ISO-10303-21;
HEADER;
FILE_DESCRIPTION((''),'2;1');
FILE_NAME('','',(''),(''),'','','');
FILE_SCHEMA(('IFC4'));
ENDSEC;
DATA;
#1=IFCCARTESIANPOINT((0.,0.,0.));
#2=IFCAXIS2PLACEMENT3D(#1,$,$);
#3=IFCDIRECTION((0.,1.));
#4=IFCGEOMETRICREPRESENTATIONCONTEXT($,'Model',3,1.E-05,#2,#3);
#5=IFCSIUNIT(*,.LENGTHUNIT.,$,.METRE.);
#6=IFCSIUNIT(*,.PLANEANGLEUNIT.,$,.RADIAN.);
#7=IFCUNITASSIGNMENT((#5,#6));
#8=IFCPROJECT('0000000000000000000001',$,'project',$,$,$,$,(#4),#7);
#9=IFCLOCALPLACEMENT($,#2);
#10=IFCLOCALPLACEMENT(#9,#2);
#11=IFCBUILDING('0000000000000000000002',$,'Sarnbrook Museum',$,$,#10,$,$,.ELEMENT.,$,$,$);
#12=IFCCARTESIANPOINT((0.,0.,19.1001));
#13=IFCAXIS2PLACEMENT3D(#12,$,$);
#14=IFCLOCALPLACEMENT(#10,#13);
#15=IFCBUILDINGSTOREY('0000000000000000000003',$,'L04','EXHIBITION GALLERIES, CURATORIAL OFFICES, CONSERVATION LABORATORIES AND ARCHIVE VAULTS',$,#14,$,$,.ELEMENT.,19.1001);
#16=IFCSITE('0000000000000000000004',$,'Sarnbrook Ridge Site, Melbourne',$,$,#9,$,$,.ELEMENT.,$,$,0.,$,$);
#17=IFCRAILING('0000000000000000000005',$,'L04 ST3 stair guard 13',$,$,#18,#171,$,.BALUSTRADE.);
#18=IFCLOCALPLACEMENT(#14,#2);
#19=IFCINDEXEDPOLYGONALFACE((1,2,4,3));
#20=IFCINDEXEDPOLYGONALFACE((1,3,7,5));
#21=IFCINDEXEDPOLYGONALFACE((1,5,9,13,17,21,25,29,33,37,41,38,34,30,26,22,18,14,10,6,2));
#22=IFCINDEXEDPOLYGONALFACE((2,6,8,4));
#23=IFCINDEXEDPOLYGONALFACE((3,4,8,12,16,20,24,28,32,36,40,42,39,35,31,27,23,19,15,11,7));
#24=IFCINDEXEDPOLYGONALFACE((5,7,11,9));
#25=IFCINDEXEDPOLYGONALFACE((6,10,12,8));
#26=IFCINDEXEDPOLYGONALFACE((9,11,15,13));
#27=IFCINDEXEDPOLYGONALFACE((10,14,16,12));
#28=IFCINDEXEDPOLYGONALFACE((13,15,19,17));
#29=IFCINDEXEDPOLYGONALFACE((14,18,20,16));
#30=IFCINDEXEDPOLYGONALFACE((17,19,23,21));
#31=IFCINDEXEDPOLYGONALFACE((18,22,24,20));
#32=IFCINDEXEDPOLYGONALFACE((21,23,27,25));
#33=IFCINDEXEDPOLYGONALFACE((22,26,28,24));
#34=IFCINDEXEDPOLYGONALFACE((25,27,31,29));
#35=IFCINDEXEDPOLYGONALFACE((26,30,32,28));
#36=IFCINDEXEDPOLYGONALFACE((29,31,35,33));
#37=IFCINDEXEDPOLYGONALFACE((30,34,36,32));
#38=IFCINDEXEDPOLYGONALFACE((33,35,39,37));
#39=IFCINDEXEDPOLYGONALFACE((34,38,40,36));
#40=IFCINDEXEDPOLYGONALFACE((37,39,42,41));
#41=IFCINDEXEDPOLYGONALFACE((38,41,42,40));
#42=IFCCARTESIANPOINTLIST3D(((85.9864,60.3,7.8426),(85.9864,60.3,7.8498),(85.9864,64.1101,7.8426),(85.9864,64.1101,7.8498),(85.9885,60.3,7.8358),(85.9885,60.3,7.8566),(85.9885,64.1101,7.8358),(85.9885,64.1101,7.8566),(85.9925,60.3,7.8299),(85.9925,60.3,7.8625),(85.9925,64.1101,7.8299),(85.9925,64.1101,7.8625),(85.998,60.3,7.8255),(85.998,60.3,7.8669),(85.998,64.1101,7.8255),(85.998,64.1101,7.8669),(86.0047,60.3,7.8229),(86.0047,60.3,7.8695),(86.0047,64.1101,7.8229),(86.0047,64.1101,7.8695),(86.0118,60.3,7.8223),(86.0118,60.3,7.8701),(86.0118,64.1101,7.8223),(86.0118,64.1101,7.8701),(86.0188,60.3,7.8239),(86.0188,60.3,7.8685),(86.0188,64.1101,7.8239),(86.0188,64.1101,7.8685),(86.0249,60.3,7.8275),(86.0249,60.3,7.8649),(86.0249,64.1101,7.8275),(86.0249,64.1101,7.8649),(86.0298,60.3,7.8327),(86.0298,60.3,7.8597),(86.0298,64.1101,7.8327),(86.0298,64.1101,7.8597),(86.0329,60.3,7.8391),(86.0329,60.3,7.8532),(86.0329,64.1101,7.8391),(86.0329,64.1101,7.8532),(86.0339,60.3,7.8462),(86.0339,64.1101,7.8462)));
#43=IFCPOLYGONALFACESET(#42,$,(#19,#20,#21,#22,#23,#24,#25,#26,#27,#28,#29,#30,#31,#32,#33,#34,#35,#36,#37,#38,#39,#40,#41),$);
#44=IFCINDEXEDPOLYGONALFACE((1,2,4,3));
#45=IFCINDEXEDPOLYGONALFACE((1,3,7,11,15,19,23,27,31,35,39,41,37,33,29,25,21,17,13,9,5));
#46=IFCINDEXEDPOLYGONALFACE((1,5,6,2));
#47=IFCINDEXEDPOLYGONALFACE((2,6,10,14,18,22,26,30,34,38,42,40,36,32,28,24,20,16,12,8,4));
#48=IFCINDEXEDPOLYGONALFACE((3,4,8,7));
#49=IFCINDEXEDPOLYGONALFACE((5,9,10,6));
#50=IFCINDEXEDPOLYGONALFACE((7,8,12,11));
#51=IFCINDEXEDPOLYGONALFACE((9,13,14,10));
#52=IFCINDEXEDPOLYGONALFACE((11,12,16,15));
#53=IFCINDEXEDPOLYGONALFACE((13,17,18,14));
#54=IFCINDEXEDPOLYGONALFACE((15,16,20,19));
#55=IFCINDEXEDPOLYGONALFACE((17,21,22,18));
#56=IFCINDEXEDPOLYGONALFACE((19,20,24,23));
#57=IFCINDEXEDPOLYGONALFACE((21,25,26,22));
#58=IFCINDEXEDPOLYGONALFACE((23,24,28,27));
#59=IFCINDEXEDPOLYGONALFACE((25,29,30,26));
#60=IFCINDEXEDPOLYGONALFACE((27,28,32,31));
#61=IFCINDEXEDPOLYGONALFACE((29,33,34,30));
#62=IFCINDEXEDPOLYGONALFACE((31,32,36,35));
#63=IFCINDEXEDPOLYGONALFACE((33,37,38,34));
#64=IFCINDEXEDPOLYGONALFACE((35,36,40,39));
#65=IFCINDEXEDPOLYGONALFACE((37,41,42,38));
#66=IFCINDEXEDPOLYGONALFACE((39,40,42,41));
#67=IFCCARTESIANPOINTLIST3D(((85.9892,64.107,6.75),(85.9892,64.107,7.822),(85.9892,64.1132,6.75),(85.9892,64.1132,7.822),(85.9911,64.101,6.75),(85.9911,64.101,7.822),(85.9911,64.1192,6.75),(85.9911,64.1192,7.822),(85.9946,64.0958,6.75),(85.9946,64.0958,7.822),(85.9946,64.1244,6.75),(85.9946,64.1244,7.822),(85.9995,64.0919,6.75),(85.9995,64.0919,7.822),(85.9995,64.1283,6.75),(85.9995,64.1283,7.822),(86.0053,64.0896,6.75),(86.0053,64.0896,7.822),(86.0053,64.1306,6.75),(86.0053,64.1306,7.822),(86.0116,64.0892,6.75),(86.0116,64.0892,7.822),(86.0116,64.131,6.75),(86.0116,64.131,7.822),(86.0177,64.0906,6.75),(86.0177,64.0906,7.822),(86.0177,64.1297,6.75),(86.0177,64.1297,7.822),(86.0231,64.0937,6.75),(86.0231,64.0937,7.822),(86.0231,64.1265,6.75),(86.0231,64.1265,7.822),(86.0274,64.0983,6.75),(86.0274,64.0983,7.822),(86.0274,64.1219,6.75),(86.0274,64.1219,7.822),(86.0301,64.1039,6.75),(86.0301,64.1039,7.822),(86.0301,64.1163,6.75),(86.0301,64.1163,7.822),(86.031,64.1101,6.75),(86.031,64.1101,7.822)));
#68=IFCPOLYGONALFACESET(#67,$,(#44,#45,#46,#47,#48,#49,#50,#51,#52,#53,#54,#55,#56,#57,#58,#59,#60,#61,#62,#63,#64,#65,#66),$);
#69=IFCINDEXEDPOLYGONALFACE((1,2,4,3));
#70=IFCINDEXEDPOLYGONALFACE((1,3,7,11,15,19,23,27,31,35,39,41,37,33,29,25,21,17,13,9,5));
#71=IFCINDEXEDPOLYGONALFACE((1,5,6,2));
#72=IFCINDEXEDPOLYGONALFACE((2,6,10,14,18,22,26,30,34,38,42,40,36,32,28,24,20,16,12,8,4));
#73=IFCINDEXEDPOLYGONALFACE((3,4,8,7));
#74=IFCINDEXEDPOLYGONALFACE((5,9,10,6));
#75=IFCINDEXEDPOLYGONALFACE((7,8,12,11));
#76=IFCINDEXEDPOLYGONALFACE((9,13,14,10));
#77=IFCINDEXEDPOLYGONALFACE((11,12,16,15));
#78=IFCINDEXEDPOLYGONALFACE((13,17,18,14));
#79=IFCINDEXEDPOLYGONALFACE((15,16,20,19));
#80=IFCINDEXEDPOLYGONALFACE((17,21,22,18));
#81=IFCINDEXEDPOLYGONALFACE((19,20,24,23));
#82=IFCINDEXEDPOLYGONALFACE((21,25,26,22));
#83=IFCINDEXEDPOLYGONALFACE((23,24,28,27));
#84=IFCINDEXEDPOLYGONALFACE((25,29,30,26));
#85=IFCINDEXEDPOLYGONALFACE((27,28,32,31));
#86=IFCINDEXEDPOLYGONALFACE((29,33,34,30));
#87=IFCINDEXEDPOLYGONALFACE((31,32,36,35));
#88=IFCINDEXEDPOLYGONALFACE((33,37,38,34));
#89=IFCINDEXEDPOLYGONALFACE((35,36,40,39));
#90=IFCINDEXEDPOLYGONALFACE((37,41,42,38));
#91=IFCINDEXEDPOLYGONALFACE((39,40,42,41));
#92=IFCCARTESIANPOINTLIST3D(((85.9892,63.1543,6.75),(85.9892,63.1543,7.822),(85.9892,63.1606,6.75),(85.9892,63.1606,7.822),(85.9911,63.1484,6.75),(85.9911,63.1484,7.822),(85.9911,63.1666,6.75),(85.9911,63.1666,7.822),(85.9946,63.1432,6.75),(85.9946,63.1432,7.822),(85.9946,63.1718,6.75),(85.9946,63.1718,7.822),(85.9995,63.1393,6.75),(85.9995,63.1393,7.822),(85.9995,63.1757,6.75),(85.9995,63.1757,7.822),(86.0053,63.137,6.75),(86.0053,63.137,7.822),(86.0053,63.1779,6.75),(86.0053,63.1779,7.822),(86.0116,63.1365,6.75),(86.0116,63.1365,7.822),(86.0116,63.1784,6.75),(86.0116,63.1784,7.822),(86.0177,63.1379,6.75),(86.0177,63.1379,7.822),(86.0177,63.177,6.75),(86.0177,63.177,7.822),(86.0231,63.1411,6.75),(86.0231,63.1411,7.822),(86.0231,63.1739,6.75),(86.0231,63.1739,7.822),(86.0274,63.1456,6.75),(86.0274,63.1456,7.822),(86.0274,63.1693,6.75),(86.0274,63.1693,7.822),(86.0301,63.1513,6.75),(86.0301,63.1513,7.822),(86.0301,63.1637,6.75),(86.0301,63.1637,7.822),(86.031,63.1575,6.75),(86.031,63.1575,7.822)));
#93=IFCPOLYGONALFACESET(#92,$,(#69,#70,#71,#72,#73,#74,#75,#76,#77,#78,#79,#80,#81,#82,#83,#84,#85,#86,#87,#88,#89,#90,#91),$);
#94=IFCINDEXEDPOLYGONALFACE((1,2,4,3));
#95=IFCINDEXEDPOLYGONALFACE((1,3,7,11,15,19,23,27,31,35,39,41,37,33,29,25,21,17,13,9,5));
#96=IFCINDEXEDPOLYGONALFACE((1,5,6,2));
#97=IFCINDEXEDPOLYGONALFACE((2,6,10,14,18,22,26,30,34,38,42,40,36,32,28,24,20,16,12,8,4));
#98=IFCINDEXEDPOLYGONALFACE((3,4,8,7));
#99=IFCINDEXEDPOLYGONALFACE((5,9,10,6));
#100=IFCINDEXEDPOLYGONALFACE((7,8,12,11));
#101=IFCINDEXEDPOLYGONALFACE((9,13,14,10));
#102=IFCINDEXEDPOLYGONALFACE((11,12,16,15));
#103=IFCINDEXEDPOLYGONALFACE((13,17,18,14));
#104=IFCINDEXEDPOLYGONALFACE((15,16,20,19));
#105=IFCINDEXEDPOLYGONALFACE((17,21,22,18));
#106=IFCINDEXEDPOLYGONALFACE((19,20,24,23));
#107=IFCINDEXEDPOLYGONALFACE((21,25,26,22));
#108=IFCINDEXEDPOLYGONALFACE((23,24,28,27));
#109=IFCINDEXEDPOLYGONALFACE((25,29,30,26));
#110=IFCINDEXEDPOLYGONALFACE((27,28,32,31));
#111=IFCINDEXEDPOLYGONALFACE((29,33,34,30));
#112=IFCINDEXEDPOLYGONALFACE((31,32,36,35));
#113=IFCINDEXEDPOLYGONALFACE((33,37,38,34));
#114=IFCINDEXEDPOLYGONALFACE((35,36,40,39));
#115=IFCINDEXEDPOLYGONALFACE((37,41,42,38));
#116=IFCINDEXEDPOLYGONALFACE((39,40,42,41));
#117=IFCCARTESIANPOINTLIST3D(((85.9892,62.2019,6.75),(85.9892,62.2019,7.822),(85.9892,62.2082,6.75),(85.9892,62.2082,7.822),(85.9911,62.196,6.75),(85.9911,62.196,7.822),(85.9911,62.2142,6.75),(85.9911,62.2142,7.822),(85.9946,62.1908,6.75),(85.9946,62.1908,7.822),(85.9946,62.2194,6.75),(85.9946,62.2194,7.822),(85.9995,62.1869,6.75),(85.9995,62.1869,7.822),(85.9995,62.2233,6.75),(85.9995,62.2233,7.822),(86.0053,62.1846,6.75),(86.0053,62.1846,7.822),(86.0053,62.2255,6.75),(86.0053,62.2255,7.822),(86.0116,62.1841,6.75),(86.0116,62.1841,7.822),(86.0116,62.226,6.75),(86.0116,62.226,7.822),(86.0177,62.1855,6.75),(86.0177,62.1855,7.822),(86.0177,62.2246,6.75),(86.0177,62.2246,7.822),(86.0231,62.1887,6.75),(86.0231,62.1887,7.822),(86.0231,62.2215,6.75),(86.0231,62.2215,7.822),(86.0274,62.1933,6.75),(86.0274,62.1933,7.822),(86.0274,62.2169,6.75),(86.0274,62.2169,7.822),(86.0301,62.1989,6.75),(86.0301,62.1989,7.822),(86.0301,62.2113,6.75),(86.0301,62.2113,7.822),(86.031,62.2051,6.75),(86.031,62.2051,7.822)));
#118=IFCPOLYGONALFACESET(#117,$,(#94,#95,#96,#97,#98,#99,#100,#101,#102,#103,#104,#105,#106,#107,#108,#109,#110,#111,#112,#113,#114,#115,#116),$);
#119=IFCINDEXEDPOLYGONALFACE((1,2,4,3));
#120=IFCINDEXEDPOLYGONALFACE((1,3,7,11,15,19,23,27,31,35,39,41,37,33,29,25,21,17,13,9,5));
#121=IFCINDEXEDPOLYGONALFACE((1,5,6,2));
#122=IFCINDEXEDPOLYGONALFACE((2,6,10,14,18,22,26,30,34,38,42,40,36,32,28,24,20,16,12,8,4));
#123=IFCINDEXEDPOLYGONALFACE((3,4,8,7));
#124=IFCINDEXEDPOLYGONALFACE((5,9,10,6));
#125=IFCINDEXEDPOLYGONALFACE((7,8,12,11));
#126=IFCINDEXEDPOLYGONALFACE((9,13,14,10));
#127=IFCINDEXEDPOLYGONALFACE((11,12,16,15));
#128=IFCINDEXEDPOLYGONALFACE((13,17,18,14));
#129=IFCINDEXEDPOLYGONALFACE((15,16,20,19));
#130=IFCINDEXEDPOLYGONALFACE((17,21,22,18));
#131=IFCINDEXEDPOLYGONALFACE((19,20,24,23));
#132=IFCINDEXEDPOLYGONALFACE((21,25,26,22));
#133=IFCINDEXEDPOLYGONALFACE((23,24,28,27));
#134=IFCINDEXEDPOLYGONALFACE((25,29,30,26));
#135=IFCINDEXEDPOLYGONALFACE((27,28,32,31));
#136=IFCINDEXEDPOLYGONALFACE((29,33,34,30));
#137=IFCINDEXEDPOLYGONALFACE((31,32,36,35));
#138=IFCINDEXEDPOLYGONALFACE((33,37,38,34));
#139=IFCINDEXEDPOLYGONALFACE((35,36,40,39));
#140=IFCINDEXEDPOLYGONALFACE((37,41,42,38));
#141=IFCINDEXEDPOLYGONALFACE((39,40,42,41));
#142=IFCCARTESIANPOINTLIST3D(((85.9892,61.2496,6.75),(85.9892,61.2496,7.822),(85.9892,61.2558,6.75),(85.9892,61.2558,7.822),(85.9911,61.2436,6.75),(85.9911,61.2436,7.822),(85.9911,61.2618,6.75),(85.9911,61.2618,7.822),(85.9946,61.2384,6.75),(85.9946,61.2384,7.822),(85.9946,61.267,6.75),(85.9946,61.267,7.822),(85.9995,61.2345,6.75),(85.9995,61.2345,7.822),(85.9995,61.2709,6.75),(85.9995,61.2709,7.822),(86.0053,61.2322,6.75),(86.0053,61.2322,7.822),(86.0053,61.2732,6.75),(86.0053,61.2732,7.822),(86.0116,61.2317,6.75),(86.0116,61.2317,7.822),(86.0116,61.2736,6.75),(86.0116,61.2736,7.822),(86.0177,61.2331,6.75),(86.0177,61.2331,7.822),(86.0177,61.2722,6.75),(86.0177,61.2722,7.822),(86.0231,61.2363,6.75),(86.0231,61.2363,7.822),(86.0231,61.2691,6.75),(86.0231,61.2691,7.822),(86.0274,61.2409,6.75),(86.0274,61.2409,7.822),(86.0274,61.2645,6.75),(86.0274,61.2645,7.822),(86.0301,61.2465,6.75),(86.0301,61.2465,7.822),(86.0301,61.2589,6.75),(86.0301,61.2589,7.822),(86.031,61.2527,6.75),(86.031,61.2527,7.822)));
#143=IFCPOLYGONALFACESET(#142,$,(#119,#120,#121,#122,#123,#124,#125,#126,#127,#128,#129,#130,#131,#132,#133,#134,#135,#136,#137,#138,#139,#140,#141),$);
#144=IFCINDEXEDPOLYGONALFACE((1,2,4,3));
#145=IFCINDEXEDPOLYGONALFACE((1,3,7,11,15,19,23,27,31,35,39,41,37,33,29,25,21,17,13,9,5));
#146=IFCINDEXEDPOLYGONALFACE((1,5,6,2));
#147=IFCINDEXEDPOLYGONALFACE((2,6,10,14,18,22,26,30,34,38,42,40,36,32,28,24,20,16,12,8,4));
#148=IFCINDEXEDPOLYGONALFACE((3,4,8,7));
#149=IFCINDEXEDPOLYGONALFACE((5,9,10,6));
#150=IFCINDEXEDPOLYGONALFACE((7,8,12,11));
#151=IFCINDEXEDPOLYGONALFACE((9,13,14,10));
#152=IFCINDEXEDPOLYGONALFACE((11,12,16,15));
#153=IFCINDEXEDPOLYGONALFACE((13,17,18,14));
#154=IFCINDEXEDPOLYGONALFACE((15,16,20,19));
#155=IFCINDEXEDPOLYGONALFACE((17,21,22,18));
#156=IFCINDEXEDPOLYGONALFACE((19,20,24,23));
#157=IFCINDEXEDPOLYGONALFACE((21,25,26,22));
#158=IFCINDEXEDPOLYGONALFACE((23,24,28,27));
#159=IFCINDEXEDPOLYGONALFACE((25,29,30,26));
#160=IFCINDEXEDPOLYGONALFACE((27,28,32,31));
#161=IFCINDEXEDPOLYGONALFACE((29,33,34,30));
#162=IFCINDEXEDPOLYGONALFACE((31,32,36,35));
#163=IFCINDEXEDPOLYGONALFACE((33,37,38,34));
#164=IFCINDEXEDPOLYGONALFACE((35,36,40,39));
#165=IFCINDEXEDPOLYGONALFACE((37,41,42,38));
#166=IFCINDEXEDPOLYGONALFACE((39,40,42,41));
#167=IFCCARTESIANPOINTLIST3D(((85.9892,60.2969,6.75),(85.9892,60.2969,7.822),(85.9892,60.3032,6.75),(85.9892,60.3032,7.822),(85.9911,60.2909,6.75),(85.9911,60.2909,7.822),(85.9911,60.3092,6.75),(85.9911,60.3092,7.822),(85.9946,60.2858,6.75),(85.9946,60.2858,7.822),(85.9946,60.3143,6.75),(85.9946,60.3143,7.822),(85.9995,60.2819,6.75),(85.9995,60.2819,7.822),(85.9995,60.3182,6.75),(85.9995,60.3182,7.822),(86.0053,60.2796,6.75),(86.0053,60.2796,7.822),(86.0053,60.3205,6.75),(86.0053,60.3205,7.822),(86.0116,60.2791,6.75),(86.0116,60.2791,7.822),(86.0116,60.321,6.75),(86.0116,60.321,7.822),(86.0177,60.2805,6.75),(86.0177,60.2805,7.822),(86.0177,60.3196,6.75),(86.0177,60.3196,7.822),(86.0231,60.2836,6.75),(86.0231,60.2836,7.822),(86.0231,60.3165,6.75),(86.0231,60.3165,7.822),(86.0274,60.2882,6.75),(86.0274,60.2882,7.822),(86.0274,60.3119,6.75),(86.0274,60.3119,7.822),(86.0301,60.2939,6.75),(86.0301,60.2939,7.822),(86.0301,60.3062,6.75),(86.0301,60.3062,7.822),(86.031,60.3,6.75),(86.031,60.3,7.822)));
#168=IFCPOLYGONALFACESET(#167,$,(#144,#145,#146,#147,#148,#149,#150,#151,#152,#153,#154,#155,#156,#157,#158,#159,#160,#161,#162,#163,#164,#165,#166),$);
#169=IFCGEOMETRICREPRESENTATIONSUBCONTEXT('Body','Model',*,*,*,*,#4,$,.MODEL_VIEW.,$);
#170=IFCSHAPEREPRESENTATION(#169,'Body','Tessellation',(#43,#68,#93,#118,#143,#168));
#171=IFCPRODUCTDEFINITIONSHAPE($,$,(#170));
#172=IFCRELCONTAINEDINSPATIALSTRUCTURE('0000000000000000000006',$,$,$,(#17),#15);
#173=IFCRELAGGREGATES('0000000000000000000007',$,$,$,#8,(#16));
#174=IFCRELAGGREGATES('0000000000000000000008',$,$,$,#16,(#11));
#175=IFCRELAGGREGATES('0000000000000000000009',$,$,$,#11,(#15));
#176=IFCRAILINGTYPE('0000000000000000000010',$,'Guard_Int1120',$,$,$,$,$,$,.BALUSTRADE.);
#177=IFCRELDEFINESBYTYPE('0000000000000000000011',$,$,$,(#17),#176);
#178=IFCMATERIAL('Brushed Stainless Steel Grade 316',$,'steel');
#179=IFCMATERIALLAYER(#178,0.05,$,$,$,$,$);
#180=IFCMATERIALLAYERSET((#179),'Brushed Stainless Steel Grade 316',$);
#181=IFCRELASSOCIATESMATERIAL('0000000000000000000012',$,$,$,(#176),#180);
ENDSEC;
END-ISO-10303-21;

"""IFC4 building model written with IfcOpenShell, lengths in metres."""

from ifc_helpers import new_model, si_unit, direction, frame, origin, origin_2d, place, context, subcontext, project, spatial, circle, extrude, material, layer, layer_set, type_object, element, save


model = new_model("IFC4")

# Units and contexts
model_context = context("Model", 3, precision=1e-05, world=origin(), true_north=direction((0.0, 1.0)))
body_context = subcontext(model_context, "Body", "Model", "MODEL_VIEW")
ifc_project = project(units=[si_unit("LENGTHUNIT", "METRE"), si_unit("PLANEANGLEUNIT", "RADIAN")], contexts=[model_context])

# Site, building, storey
site_placement = place(None, origin())
site = spatial("IfcSite", under=ifc_project, at=site_placement, Name="Sarnbrook Ridge Site, Melbourne", CompositionType="ELEMENT", RefElevation=0.0)
building_placement = place(site_placement, origin())
building = spatial("IfcBuilding", under=site, at=building_placement, Name="Sarnbrook Museum", CompositionType="ELEMENT")
storey_placement = place(building_placement, frame((0.0, 0.0, 19.1001)))
storey = spatial("IfcBuildingStorey", under=building, at=storey_placement, Name="L04", Description="EXHIBITION GALLERIES, CURATORIAL OFFICES, CONSERVATION LABORATORIES AND ARCHIVE VAULTS", CompositionType="ELEMENT", Elevation=19.1001)

# Shared definitions
ifc_material_1 = material(Name="Brushed Stainless Steel Grade 316", Category="steel")

# Railing
ifc_layer_1 = layer(ifc_material_1, 0.05)
ifc_layer_set_1 = layer_set([ifc_layer_1], Name="Brushed Stainless Steel Grade 316")
railing_type_1 = type_object("IfcRailingType", Name="Guard_Int1120", PredefinedType="BALUSTRADE", material=ifc_layer_set_1)
for number, where, name in (
    (1, (86.01, 64.1101, 6.75), "L04 ST3 stair guard 13"),
):
    element("IfcRailing", number, at=place(storey_placement, frame(where)), inside=storey, type_object=railing_type_1, Name=name, PredefinedType="BALUSTRADE", context=body_context, shape_type="SweptSolid", body=[
        extrude(circle(Radius=0.0239, at=origin_2d()), frame((0.0, 0.0, 1.0962), z_axis=(0.0, -1.0, 0.0), x_axis=(1.0, 0.0, 0.0)), (0.0, 0.0, 1.0), 3.8101),
        extrude(circle(Radius=0.021, at=origin_2d()), origin(), (0.0, 0.0, 1.0), 1.072),
        extrude(circle(Radius=0.021, at=origin_2d()), frame((0.0, -0.9526, 0.0)), (0.0, 0.0, 1.0), 1.072),
        extrude(circle(Radius=0.021, at=origin_2d()), frame((0.0, -1.905, 0.0)), (0.0, 0.0, 1.0), 1.072),
        extrude(circle(Radius=0.021, at=origin_2d()), frame((0.0, -2.8574, 0.0)), (0.0, 0.0, 1.0), 1.072),
        extrude(circle(Radius=0.021, at=origin_2d()), frame((0.0, -3.8101, 0.0)), (0.0, 0.0, 1.0), 1.072),
    ])

save(model, "model.ifc")
